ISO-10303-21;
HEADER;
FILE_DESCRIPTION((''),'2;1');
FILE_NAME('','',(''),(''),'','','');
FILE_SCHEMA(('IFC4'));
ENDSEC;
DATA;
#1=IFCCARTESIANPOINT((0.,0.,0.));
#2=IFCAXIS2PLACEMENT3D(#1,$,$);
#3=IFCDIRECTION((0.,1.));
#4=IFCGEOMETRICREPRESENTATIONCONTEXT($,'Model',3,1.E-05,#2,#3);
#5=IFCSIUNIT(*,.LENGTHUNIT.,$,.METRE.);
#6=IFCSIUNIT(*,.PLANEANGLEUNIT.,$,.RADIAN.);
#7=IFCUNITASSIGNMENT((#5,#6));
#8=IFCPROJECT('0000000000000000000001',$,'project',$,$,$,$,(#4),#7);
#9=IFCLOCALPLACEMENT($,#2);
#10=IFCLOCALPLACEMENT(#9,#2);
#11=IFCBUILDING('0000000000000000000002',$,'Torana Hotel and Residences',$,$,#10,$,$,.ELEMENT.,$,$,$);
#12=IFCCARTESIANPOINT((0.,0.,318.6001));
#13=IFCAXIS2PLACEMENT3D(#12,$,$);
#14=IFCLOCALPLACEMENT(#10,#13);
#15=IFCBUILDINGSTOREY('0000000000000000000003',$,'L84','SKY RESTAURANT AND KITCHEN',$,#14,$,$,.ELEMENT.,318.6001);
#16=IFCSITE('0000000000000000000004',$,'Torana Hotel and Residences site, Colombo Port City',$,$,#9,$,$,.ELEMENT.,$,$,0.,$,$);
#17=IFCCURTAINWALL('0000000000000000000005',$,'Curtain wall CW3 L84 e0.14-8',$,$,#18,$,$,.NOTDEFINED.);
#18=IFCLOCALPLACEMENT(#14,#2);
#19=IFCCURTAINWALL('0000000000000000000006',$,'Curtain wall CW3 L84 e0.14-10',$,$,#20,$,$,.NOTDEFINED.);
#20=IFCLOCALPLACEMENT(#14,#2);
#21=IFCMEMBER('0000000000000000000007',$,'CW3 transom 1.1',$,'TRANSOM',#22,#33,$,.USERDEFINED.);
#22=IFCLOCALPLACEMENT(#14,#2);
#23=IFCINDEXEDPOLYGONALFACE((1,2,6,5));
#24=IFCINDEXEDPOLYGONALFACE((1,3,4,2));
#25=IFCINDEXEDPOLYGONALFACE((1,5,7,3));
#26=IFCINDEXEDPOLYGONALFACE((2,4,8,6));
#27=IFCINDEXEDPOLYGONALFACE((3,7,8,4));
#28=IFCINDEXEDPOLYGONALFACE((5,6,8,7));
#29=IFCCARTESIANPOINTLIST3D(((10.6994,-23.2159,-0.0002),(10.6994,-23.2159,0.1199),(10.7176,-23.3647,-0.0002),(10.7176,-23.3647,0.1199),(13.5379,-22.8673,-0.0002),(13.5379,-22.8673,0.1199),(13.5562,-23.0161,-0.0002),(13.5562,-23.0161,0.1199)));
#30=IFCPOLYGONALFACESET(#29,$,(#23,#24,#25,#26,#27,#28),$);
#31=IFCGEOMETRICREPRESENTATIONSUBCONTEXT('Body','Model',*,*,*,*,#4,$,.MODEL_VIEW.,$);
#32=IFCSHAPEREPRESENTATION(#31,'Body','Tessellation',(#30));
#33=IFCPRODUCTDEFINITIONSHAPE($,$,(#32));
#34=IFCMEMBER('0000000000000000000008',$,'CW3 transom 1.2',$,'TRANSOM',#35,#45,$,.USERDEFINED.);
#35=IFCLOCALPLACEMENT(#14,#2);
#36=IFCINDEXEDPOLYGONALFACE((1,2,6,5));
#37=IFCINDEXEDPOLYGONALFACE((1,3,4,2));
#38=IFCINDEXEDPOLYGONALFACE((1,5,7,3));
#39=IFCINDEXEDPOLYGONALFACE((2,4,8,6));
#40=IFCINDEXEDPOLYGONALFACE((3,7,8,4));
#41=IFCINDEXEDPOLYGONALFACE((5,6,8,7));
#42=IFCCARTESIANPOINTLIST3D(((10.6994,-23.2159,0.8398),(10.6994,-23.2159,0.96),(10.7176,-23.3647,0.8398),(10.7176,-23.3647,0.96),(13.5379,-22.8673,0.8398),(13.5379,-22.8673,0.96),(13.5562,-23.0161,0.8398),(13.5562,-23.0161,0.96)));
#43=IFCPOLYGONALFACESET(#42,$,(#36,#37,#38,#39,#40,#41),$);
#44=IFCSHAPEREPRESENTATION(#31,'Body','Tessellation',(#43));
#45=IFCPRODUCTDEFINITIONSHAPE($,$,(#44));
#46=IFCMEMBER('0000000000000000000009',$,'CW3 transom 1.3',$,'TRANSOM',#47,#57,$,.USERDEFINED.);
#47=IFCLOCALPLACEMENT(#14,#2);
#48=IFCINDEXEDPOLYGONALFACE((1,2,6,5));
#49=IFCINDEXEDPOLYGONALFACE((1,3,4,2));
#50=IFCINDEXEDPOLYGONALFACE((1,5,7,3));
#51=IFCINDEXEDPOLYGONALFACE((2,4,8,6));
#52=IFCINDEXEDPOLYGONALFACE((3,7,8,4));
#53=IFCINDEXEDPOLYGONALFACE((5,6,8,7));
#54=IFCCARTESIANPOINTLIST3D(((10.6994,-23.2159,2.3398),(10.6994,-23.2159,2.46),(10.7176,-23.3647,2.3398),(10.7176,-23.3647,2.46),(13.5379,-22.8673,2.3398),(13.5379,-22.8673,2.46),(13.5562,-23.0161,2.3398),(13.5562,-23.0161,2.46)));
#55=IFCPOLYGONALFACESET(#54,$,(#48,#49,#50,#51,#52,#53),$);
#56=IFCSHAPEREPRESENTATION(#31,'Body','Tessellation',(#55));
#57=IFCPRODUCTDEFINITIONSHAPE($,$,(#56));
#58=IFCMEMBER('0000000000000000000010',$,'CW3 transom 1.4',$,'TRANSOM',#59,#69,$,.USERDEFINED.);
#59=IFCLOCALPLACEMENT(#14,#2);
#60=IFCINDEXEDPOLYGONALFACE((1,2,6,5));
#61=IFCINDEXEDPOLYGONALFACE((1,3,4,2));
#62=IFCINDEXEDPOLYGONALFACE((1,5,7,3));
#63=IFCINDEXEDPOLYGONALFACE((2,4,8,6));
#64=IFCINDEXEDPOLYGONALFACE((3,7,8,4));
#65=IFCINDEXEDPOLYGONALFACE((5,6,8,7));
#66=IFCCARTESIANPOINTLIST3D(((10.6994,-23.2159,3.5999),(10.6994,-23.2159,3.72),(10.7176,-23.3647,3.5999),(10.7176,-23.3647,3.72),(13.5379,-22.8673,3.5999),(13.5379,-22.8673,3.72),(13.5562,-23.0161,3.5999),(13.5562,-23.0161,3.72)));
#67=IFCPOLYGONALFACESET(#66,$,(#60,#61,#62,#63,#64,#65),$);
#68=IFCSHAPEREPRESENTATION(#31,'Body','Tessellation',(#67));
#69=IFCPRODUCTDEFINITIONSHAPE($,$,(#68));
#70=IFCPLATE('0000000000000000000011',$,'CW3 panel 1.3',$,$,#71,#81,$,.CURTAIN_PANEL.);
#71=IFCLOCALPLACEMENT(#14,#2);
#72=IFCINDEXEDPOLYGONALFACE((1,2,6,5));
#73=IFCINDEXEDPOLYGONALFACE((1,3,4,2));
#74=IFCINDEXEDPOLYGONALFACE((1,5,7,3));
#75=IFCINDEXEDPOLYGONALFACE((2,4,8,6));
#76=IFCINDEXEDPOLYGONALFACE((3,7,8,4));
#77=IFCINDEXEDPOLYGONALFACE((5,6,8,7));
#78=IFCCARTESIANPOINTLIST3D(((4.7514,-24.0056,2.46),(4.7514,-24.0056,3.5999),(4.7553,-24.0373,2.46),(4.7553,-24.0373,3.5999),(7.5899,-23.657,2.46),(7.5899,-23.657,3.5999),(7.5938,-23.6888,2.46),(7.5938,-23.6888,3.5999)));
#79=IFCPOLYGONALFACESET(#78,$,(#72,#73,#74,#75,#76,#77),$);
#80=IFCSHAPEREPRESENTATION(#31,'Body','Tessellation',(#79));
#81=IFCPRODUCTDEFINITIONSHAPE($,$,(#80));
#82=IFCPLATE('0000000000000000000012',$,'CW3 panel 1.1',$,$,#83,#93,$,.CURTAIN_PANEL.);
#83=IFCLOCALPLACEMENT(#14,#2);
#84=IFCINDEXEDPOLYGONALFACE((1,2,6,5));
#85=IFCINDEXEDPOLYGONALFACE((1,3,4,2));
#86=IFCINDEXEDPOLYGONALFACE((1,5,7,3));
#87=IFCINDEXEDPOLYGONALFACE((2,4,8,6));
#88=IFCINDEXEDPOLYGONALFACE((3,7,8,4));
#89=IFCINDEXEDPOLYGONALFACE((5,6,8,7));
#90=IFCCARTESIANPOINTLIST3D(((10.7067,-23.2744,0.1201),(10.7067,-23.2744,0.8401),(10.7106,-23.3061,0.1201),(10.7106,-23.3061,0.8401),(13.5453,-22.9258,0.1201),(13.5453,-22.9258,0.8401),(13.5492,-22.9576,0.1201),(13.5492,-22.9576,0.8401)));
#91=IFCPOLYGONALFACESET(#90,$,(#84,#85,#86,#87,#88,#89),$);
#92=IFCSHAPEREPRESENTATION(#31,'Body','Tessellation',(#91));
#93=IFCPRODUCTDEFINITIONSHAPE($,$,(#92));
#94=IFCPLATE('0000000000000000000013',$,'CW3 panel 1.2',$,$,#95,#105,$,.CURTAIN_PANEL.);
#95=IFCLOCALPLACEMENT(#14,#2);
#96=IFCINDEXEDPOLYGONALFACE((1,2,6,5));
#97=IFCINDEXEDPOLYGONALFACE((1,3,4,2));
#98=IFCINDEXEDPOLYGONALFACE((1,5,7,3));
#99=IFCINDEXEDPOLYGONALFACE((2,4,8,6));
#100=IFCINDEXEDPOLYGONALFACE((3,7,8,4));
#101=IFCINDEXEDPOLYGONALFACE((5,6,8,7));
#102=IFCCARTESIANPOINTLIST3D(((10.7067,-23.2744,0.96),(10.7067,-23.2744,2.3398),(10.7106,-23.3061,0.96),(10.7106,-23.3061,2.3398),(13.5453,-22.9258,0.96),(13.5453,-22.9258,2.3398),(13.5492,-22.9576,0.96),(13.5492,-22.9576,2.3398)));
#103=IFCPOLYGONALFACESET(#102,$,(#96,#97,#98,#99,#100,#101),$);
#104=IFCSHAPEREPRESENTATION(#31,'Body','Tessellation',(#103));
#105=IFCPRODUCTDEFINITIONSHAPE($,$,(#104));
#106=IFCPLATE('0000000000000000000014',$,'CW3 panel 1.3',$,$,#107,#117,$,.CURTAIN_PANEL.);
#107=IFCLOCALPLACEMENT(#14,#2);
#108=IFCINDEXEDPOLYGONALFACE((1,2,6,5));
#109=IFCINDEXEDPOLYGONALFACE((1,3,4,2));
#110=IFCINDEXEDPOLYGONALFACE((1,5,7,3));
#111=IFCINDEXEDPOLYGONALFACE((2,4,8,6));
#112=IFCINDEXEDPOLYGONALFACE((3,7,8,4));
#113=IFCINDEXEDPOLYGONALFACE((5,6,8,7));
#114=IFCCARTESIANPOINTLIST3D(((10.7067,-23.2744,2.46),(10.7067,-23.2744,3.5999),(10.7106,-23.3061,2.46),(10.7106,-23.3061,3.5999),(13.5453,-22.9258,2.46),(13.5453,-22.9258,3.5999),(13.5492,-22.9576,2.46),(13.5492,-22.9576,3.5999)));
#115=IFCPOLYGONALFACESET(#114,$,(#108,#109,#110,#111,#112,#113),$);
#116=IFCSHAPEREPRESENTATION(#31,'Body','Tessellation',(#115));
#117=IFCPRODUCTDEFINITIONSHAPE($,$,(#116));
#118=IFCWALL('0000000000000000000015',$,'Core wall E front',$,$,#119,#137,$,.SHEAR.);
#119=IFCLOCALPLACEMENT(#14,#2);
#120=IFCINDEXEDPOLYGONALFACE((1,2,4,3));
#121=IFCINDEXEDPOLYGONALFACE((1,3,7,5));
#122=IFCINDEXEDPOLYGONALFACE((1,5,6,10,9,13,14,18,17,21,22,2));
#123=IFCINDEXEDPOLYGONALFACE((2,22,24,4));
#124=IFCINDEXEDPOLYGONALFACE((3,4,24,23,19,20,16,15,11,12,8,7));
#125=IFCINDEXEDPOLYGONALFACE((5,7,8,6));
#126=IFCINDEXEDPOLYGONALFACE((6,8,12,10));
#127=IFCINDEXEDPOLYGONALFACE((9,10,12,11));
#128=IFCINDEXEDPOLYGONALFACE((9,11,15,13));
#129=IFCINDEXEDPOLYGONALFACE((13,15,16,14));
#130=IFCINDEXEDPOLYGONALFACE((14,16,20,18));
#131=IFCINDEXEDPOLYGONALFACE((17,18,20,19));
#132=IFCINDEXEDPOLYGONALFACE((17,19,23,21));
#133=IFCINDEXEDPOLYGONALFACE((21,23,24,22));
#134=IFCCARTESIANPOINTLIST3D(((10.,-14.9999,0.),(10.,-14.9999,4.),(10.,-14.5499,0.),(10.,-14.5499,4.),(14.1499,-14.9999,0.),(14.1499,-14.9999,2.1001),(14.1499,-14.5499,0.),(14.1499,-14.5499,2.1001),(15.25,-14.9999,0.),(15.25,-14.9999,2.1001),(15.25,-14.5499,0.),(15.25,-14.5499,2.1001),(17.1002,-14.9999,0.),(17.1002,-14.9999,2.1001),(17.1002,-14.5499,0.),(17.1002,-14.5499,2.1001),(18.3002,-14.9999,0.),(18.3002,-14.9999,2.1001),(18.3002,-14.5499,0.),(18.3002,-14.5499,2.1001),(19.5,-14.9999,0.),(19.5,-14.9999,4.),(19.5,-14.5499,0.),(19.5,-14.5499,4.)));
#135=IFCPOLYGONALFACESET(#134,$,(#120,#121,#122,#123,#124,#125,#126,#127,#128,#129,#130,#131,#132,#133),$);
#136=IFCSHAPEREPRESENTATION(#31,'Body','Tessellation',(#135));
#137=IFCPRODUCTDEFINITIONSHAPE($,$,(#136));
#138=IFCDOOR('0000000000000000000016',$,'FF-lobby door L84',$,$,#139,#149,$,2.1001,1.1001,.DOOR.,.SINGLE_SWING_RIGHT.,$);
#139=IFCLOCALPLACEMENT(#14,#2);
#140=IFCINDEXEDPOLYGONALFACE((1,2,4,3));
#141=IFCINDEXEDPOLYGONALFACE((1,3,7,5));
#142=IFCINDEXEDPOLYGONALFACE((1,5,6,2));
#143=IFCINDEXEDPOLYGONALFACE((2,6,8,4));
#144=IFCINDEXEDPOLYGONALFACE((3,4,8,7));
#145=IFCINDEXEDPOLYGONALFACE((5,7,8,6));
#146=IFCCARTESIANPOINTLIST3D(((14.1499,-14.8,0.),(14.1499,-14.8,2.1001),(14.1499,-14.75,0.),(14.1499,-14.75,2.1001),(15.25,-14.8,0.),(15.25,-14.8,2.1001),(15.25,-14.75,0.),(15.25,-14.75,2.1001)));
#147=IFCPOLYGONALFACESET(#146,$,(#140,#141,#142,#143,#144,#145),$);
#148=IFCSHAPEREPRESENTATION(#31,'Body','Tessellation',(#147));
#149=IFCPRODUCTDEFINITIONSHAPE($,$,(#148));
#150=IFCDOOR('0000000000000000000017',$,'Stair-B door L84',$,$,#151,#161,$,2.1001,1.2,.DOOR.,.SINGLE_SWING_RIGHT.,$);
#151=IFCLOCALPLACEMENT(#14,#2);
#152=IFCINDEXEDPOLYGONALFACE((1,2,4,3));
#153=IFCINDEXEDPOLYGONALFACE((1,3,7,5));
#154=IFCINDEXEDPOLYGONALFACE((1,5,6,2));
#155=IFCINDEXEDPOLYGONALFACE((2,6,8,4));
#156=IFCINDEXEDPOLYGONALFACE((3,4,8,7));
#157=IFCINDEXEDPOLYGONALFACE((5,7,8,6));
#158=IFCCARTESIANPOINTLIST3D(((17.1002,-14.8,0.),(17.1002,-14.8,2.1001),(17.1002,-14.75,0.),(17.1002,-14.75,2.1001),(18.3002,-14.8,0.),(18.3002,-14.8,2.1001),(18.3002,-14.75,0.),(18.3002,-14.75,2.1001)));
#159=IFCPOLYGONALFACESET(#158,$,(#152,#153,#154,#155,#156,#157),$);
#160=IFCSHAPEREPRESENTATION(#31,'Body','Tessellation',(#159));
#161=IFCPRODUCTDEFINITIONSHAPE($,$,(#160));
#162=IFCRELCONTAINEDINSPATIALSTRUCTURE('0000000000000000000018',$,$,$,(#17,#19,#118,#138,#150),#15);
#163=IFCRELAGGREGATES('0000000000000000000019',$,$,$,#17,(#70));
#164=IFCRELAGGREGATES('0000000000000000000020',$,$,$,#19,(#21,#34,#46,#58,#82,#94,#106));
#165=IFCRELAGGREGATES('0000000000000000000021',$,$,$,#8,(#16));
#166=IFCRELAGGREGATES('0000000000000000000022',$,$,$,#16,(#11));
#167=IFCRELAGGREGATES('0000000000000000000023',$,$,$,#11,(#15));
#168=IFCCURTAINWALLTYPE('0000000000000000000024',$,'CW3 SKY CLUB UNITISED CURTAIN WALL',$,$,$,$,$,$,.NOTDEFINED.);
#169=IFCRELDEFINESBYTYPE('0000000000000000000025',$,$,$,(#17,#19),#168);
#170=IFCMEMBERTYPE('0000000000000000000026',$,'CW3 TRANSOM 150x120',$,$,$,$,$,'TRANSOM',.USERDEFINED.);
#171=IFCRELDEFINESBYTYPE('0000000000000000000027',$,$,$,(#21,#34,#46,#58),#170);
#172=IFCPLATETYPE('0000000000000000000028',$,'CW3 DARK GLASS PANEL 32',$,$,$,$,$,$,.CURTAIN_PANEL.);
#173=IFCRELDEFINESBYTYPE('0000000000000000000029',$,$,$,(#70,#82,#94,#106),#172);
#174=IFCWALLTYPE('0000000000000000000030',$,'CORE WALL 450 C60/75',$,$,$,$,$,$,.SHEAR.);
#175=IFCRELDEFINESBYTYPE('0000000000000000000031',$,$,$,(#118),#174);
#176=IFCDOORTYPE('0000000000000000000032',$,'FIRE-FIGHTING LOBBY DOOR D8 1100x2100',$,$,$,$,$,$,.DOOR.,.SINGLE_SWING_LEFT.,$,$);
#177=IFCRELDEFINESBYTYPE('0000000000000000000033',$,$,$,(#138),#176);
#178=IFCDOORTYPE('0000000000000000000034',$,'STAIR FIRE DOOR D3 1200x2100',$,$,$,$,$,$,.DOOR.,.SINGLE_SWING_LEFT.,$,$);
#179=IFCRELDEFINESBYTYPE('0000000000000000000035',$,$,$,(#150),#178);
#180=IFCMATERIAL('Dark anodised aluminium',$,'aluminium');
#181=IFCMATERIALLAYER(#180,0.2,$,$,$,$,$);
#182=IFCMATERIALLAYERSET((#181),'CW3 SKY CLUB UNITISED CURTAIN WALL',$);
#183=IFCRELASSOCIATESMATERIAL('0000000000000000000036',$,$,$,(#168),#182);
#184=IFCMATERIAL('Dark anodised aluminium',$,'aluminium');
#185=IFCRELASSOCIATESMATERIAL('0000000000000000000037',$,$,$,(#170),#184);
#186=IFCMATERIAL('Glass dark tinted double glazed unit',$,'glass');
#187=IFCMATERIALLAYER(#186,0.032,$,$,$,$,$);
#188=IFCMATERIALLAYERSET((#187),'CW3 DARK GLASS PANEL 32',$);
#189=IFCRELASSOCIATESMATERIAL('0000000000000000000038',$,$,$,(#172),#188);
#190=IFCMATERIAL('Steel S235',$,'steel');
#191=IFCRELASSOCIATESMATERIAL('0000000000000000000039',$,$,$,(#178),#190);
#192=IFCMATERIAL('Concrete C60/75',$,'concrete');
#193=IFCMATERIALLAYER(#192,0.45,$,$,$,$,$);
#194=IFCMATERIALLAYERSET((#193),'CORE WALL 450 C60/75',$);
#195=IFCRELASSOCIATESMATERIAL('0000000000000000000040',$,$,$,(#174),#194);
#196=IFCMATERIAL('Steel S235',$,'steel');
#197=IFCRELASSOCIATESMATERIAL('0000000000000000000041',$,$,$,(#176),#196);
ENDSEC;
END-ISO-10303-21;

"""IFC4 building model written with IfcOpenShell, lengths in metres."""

from ifc_helpers import new_model, si_unit, direction, frame, frame_2d, origin, origin_2d, place, context, subcontext, project, spatial, rectangle, extrude, material, layer, layer_set, material_profile, profile_set, type_object, element, fill, aggregate, save


model = new_model("IFC4")

# Units and contexts
model_context = context("Model", 3, precision=1e-05, world=origin(), true_north=direction((0.0, 1.0)))
body_context = subcontext(model_context, "Body", "Model", "MODEL_VIEW")
ifc_project = project(units=[si_unit("LENGTHUNIT", "METRE"), si_unit("PLANEANGLEUNIT", "RADIAN")], contexts=[model_context])

# Site, building, storey
site_placement = place(None, origin())
site = spatial("IfcSite", under=ifc_project, at=site_placement, Name="Torana Hotel and Residences site, Colombo Port City", CompositionType="ELEMENT", RefElevation=0.0)
building_placement = place(site_placement, origin())
building = spatial("IfcBuilding", under=site, at=building_placement, Name="Torana Hotel and Residences", CompositionType="ELEMENT")
storey_placement = place(building_placement, frame((0.0, 0.0, 318.6001)))
storey = spatial("IfcBuildingStorey", under=building, at=storey_placement, Name="L84", Description="SKY RESTAURANT AND KITCHEN", CompositionType="ELEMENT", Elevation=318.6001)

# Curtain wall
ifc_material_1 = material(Name="Dark anodised aluminium", Category="aluminium")
ifc_layer_1 = layer(ifc_material_1, 0.2)
ifc_layer_set_1 = layer_set([ifc_layer_1], Name="CW3 SKY CLUB UNITISED CURTAIN WALL")
curtain_wall_type = type_object("IfcCurtainWallType", Name="CW3 SKY CLUB UNITISED CURTAIN WALL", PredefinedType="NOTDEFINED", material=ifc_layer_set_1)
curtain_wall_1_placement = place(storey_placement, origin())
curtain_wall_1 = element("IfcCurtainWall", 1, at=curtain_wall_1_placement, inside=storey, type_object=curtain_wall_type, Name="Curtain wall CW3 L84 e0.14-8", PredefinedType="NOTDEFINED")

# Curtain wall, members
curtain_wall_2_placement = place(storey_placement, origin())
curtain_wall_2 = element("IfcCurtainWall", 2, at=curtain_wall_2_placement, inside=storey, type_object=curtain_wall_type, Name="Curtain wall CW3 L84 e0.14-10", PredefinedType="NOTDEFINED")
ifc_material_2 = material(Name="Dark anodised aluminium", Category="aluminium")
ifc_material_profile_1 = material_profile(ifc_material_2, rectangle(XDim=0.1499, YDim=0.1201, at=origin_2d()), Name="CW3 TRANSOM 150x120")
ifc_profile_set_1 = profile_set([ifc_material_profile_1], Name="Dark anodised aluminium")
member_type_1 = type_object("IfcMemberType", Name="CW3 TRANSOM 150x120", ElementType="TRANSOM", PredefinedType="USERDEFINED", material=ifc_profile_set_1)
member_1_placement = place(storey_placement, frame((10.7085, -23.2903, 0.0598), z_axis=(0.992542, 0.121902, 0.0), x_axis=(-0.121902, 0.992542, 0.0)))
member_1 = element("IfcMember", 3, at=member_1_placement, type_object=member_type_1, Name="CW3 transom 1.1", ObjectType="TRANSOM", PredefinedType="USERDEFINED", context=body_context, shape_type="SweptSolid", body=[
    extrude(rectangle(XDim=0.1499, YDim=0.1201, at=origin_2d()), origin(), (0.0, 0.0, 1.0), 2.8599),
])
member_2_placement = place(storey_placement, frame((10.7085, -23.2903, 0.8999), z_axis=(0.992542, 0.121902, 0.0), x_axis=(-0.121902, 0.992542, 0.0)))
member_2 = element("IfcMember", 4, at=member_2_placement, type_object=member_type_1, Name="CW3 transom 1.2", ObjectType="TRANSOM", PredefinedType="USERDEFINED", context=body_context, shape_type="SweptSolid", body=[
    extrude(rectangle(XDim=0.1499, YDim=0.1201, at=origin_2d()), origin(), (0.0, 0.0, 1.0), 2.8599),
])
member_3_placement = place(storey_placement, frame((10.7085, -23.2903, 2.3999), z_axis=(0.992542, 0.121902, 0.0), x_axis=(-0.121902, 0.992542, 0.0)))
member_3 = element("IfcMember", 5, at=member_3_placement, type_object=member_type_1, Name="CW3 transom 1.3", ObjectType="TRANSOM", PredefinedType="USERDEFINED", context=body_context, shape_type="SweptSolid", body=[
    extrude(rectangle(XDim=0.1499, YDim=0.1201, at=origin_2d()), origin(), (0.0, 0.0, 1.0), 2.8599),
])
member_4_placement = place(storey_placement, frame((10.7085, -23.2903, 3.6599), z_axis=(0.992542, 0.121902, 0.0), x_axis=(-0.121902, 0.992542, 0.0)))
member_4 = element("IfcMember", 6, at=member_4_placement, type_object=member_type_1, Name="CW3 transom 1.4", ObjectType="TRANSOM", PredefinedType="USERDEFINED", context=body_context, shape_type="SweptSolid", body=[
    extrude(rectangle(XDim=0.1499, YDim=0.1201, at=origin_2d()), origin(), (0.0, 0.0, 1.0), 2.8599),
])

# Plates
ifc_material_3 = material(Name="Glass dark tinted double glazed unit", Category="glass")
ifc_layer_2 = layer(ifc_material_3, 0.032)
ifc_layer_set_2 = layer_set([ifc_layer_2], Name="CW3 DARK GLASS PANEL 32")
plate_type = type_object("IfcPlateType", Name="CW3 DARK GLASS PANEL 32", PredefinedType="CURTAIN_PANEL", material=ifc_layer_set_2)
plate_1_placement = place(storey_placement, frame((6.1726, -23.8472, 2.46), z_axis=(0.0, 0.0, 1.0), x_axis=(0.992546, 0.121868, 0.0)))
plate_1 = element("IfcPlate", 7, at=plate_1_placement, type_object=plate_type, Name="CW3 panel 1.3", PredefinedType="CURTAIN_PANEL", context=body_context, shape_type="SweptSolid", body=[
    extrude(rectangle(XDim=2.8599, YDim=0.032, at=origin_2d()), origin(), (0.0, 0.0, 1.0), 1.1399),
])
aggregate(curtain_wall_1, [plate_1])
plate_2_placement = place(storey_placement, frame((12.1279, -23.116, 0.1201), z_axis=(0.0, 0.0, 1.0), x_axis=(0.992546, 0.121868, 0.0)))
plate_2 = element("IfcPlate", 8, at=plate_2_placement, type_object=plate_type, Name="CW3 panel 1.1", PredefinedType="CURTAIN_PANEL", context=body_context, shape_type="SweptSolid", body=[
    extrude(rectangle(XDim=2.8599, YDim=0.032, at=origin_2d()), origin(), (0.0, 0.0, 1.0), 0.72),
])
plate_3_placement = place(storey_placement, frame((12.1279, -23.116, 0.96), z_axis=(0.0, 0.0, 1.0), x_axis=(0.992546, 0.121868, 0.0)))
plate_3 = element("IfcPlate", 9, at=plate_3_placement, type_object=plate_type, Name="CW3 panel 1.2", PredefinedType="CURTAIN_PANEL", context=body_context, shape_type="SweptSolid", body=[
    extrude(rectangle(XDim=2.8599, YDim=0.032, at=origin_2d()), origin(), (0.0, 0.0, 1.0), 1.3799),
])
plate_4_placement = place(storey_placement, frame((12.1279, -23.116, 2.46), z_axis=(0.0, 0.0, 1.0), x_axis=(0.992546, 0.121868, 0.0)))
plate_4 = element("IfcPlate", 10, at=plate_4_placement, type_object=plate_type, Name="CW3 panel 1.3", PredefinedType="CURTAIN_PANEL", context=body_context, shape_type="SweptSolid", body=[
    extrude(rectangle(XDim=2.8599, YDim=0.032, at=origin_2d()), origin(), (0.0, 0.0, 1.0), 1.1399),
])
aggregate(curtain_wall_2, [member_1, member_2, member_3, member_4, plate_2, plate_3, plate_4])

# Wall, openings, doors
ifc_material_4 = material(Name="Steel S235", Category="steel")
door_type_1 = type_object("IfcDoorType", Name="STAIR FIRE DOOR D3 1200x2100", OperationType="SINGLE_SWING_LEFT", PredefinedType="DOOR", material=ifc_material_4)
ifc_material_5 = material(Name="Concrete C60/75", Category="concrete")
ifc_layer_3 = layer(ifc_material_5, 0.45)
ifc_layer_set_3 = layer_set([ifc_layer_3], Name="CORE WALL 450 C60/75")
wall_type_1 = type_object("IfcWallType", Name="CORE WALL 450 C60/75", PredefinedType="SHEAR", material=ifc_layer_set_3)
wall_1_placement = place(storey_placement, frame((10.0, -14.7749, 0.0), z_axis=(0.0, 0.0, 1.0), x_axis=(1.0, 0.0, 0.0)))
wall_1 = element("IfcWall", 11, at=wall_1_placement, inside=storey, type_object=wall_type_1, Name="Core wall E front", PredefinedType="SHEAR", context=body_context, shape_type="SweptSolid", body=[
    extrude(rectangle(XDim=9.5, YDim=0.45, at=frame_2d((4.75, 0.0))), origin(), (0.0, 0.0, 1.0), 4.0),
])
opening_1_placement = place(wall_1_placement, frame((7.1001, 0.0, 0.0)))
opening_1 = element("IfcOpeningElement", 12, at=opening_1_placement, cuts=wall_1, PredefinedType="OPENING", context=body_context, shape_type="SweptSolid", body=[
    extrude(rectangle(XDim=1.2, YDim=2.1001, at=frame_2d((0.6001, 1.05))), frame((0.0, 0.2349, 0.0), z_axis=(0.0, -1.0, 0.0), x_axis=(1.0, 0.0, 0.0)), (0.0, 0.0, 1.0), 0.47),
])
opening_2_placement = place(wall_1_placement, frame((4.1499, 0.0, 0.0)))
opening_2 = element("IfcOpeningElement", 13, at=opening_2_placement, cuts=wall_1, PredefinedType="OPENING", context=body_context, shape_type="SweptSolid", body=[
    extrude(rectangle(XDim=1.1001, YDim=2.1001, at=frame_2d((0.55, 1.05))), frame((0.0, 0.2349, 0.0), z_axis=(0.0, -1.0, 0.0), x_axis=(1.0, 0.0, 0.0)), (0.0, 0.0, 1.0), 0.47),
])
ifc_material_6 = material(Name="Steel S235", Category="steel")
door_type_2 = type_object("IfcDoorType", Name="FIRE-FIGHTING LOBBY DOOR D8 1100x2100", OperationType="SINGLE_SWING_LEFT", PredefinedType="DOOR", material=ifc_material_6)
door_1_placement = place(opening_2_placement, origin())
door_1 = element("IfcDoor", 14, at=door_1_placement, inside=storey, type_object=door_type_2, Name="FF-lobby door L84", OperationType="SINGLE_SWING_RIGHT", OverallHeight=2.1001, OverallWidth=1.1001, PredefinedType="DOOR", context=body_context, shape_type="SweptSolid", body=[
    extrude(rectangle(XDim=1.1001, YDim=2.1001, at=frame_2d((0.55, 1.05))), frame((0.0, 0.0249, 0.0), z_axis=(0.0, -1.0, 0.0), x_axis=(1.0, 0.0, 0.0)), (0.0, 0.0, 1.0), 0.05),
])
fill(opening_2, door_1)
door_2_placement = place(opening_1_placement, origin())
door_2 = element("IfcDoor", 15, at=door_2_placement, inside=storey, type_object=door_type_1, Name="Stair-B door L84", OperationType="SINGLE_SWING_RIGHT", OverallHeight=2.1001, OverallWidth=1.2, PredefinedType="DOOR", context=body_context, shape_type="SweptSolid", body=[
    extrude(rectangle(XDim=1.2, YDim=2.1001, at=frame_2d((0.6001, 1.05))), frame((0.0, 0.0249, 0.0), z_axis=(0.0, -1.0, 0.0), x_axis=(1.0, 0.0, 0.0)), (0.0, 0.0, 1.0), 0.05),
])
fill(opening_1, door_2)

save(model, "model.ifc")
